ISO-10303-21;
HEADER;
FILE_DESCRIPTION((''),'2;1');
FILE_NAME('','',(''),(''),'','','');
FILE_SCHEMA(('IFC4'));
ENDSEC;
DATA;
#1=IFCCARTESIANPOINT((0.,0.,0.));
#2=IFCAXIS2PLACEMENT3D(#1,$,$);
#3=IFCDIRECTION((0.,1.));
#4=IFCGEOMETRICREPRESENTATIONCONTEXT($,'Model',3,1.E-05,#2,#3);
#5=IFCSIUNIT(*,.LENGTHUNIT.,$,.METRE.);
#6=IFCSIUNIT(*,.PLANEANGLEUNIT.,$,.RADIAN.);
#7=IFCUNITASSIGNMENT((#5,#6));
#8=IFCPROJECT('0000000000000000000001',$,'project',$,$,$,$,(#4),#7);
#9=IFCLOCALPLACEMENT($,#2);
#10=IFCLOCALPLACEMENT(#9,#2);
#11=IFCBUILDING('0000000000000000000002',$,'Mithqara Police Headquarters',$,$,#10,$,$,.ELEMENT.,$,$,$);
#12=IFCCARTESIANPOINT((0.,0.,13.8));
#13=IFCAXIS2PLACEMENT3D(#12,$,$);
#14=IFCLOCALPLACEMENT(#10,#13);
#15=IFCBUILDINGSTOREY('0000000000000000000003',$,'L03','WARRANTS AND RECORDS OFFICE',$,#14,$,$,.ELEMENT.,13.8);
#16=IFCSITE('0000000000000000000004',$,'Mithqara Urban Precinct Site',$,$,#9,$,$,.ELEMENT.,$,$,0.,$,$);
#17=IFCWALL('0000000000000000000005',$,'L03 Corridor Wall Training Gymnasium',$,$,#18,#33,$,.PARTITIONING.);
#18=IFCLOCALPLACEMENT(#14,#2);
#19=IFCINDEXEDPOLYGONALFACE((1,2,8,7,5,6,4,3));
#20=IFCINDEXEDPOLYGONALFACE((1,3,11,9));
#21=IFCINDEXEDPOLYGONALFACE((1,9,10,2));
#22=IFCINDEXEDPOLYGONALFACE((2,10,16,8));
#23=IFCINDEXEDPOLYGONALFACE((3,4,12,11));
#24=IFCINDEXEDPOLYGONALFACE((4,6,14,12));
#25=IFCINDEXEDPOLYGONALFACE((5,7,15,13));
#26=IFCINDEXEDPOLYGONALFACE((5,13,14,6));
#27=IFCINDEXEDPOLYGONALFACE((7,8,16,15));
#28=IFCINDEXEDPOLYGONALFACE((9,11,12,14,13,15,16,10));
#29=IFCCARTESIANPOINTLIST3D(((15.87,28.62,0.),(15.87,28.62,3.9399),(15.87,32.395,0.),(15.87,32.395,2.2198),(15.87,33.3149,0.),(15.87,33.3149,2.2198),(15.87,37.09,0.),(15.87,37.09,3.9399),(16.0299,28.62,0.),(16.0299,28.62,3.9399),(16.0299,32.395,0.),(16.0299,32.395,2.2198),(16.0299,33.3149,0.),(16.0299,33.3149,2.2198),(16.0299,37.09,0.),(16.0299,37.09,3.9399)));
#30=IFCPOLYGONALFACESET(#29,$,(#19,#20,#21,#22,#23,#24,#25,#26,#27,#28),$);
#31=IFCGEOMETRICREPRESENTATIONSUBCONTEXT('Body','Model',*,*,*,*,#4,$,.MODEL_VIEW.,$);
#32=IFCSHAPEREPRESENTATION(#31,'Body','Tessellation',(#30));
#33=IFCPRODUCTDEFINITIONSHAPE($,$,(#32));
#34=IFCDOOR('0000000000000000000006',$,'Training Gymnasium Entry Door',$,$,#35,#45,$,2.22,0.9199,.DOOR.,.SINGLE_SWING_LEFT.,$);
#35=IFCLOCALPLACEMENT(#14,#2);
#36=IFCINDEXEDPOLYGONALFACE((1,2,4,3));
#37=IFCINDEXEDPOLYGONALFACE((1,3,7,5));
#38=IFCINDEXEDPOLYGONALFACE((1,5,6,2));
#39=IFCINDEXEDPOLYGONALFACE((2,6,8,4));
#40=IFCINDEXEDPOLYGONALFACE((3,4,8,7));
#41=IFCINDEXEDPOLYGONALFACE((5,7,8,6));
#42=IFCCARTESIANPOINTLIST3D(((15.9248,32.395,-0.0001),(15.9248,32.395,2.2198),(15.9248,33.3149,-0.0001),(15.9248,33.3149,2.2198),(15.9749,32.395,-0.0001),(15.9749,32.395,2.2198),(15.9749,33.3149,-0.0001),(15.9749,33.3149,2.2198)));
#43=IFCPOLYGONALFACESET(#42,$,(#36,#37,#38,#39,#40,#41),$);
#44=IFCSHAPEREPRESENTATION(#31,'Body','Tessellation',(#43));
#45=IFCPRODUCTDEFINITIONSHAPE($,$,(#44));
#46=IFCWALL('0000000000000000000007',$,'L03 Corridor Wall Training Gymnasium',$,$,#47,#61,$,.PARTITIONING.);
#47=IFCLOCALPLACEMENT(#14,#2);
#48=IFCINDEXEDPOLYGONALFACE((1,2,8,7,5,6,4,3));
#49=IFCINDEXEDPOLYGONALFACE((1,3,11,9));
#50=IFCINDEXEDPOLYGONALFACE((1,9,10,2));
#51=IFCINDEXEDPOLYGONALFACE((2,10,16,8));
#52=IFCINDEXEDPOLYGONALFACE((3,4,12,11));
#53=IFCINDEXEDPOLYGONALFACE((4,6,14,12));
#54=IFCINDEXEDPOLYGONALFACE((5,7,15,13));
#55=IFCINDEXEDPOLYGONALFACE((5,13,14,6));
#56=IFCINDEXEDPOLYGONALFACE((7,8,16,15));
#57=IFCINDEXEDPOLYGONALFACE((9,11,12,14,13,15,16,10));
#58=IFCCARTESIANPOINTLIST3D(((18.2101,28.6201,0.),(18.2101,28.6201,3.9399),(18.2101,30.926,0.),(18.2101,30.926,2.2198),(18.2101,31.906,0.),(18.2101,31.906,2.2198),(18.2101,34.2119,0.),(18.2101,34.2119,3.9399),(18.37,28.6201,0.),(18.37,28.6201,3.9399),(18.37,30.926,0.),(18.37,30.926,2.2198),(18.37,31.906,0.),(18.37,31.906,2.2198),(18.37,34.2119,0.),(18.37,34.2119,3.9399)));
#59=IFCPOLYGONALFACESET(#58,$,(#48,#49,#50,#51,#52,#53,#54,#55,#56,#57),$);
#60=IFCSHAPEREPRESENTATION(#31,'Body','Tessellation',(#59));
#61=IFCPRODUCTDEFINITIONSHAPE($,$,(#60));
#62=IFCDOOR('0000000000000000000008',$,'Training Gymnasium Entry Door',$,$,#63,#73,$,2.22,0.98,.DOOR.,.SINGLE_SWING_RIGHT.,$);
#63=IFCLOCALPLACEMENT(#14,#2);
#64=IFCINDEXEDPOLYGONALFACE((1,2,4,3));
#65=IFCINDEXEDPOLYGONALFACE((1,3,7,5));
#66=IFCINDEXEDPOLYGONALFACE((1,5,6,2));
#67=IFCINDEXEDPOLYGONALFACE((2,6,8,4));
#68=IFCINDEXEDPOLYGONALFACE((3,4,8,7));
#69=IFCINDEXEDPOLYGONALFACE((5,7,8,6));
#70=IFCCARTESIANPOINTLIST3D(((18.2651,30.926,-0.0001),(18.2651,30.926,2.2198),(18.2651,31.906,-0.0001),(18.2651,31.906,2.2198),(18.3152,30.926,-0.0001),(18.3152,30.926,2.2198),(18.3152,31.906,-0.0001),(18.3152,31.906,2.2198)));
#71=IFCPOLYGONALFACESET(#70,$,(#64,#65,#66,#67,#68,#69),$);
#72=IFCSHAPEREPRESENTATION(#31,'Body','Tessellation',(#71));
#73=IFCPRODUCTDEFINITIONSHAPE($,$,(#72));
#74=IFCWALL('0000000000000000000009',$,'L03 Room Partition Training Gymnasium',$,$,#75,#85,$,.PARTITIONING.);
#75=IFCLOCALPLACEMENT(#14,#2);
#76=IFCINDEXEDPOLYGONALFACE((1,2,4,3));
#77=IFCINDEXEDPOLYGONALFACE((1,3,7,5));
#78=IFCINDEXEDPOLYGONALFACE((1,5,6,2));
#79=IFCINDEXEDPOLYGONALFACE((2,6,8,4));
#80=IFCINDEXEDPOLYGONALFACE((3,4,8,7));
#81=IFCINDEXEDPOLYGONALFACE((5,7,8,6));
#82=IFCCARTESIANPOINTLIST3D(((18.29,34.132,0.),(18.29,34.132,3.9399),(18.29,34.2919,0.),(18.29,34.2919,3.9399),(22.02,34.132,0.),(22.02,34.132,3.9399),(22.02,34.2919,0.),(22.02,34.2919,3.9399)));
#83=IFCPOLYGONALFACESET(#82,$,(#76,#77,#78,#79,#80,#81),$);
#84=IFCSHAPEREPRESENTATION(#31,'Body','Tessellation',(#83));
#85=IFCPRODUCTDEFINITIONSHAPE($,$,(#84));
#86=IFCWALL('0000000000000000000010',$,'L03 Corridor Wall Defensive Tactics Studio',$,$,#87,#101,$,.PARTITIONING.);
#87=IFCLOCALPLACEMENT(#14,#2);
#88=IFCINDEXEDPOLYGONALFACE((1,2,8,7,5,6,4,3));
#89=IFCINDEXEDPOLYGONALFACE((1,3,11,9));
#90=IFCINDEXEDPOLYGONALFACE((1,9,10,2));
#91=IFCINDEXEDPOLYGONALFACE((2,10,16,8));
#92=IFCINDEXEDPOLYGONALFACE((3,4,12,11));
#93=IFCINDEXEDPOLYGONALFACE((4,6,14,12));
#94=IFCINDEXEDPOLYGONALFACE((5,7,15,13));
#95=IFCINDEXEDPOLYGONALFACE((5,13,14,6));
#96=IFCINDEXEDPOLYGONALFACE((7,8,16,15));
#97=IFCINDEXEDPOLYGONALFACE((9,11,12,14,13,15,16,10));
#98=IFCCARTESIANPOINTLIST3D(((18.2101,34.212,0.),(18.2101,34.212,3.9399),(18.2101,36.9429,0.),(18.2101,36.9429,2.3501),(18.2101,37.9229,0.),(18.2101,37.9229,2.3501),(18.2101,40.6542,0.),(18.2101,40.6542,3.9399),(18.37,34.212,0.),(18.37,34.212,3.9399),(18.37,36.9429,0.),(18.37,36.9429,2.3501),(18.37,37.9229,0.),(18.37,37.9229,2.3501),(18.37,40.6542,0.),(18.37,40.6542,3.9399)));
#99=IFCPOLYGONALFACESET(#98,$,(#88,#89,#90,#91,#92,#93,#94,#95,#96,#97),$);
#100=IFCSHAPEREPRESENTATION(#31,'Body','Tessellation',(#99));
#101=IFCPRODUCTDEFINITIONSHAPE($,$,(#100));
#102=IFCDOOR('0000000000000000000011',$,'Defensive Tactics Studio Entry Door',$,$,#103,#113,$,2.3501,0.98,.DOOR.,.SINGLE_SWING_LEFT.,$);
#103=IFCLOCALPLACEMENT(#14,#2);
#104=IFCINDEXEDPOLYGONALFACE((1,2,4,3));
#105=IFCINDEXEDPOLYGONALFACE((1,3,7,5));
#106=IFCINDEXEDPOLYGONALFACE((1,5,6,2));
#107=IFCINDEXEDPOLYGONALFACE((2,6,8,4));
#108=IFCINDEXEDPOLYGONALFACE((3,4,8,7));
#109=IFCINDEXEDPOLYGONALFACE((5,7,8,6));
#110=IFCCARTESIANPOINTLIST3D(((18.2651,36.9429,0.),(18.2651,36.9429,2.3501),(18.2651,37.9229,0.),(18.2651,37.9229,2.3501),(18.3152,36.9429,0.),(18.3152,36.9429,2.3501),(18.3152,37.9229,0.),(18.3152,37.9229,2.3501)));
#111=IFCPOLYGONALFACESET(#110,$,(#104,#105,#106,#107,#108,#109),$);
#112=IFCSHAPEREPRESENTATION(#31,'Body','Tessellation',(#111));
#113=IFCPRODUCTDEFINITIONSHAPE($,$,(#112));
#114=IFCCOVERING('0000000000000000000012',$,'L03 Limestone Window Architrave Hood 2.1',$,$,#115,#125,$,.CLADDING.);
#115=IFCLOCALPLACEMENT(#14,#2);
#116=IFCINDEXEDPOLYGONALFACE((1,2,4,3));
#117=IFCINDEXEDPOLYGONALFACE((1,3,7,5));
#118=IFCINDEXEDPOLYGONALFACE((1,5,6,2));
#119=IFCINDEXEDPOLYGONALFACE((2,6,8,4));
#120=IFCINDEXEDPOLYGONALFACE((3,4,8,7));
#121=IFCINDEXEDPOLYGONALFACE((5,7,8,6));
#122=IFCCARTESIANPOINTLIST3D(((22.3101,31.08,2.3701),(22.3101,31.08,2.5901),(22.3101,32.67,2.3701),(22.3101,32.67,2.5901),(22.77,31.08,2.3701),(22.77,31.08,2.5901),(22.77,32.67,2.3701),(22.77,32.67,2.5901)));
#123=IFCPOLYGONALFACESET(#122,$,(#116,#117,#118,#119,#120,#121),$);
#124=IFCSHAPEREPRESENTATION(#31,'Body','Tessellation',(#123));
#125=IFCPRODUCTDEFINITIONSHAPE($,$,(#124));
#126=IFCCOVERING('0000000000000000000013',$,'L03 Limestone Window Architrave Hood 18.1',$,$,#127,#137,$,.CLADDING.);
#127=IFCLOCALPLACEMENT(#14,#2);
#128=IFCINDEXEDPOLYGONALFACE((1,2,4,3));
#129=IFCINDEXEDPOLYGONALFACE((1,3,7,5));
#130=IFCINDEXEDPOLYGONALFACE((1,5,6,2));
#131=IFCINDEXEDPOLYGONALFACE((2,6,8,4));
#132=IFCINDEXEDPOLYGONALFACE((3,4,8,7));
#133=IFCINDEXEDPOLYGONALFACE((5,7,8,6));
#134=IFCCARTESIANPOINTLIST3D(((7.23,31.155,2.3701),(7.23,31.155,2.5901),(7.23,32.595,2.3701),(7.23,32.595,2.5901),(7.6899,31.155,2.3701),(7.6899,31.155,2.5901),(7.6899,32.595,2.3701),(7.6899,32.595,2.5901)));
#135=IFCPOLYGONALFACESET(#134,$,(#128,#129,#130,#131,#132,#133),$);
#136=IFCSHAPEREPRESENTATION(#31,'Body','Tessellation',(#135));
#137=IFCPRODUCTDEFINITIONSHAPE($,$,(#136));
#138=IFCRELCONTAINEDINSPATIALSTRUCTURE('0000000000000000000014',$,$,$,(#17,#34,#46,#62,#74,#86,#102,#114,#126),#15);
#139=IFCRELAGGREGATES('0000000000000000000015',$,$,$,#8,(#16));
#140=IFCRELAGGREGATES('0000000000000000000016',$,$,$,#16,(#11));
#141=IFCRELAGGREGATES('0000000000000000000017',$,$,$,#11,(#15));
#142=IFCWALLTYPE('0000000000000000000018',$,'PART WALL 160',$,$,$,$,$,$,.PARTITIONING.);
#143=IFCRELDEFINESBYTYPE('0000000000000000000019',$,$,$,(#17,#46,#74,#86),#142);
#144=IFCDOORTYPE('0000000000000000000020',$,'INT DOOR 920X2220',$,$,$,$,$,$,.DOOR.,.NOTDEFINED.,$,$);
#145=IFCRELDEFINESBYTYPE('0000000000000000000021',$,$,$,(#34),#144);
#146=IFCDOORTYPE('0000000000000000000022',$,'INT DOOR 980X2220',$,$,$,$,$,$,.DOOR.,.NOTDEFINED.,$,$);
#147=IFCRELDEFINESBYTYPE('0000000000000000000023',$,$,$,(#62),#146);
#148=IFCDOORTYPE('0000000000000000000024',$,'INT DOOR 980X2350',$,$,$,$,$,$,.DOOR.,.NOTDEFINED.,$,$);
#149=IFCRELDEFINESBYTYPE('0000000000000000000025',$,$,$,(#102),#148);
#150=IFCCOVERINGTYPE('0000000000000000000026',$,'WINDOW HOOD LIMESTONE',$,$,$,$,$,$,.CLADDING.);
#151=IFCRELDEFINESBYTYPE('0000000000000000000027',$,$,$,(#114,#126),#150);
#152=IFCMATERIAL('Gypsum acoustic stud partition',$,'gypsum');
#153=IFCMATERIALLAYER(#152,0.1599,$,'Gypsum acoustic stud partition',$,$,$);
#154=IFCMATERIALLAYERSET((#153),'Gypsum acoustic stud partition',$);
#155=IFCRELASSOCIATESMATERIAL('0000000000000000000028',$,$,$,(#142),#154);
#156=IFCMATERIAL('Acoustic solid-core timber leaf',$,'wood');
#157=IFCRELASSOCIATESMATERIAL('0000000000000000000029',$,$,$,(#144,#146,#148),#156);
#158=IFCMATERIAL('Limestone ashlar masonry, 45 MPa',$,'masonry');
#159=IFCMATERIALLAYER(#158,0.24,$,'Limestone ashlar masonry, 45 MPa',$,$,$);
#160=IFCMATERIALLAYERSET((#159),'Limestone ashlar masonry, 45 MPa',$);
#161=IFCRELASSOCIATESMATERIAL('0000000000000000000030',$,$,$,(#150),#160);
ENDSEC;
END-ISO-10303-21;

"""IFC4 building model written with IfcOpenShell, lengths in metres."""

from ifc_helpers import new_model, si_unit, direction, frame, frame_2d, origin, origin_2d, place, context, subcontext, project, spatial, rectangle, extrude, material, layer, layer_set, type_object, element, fill, save


model = new_model("IFC4")

# Units and contexts
model_context = context("Model", 3, precision=1e-05, world=origin(), true_north=direction((0.0, 1.0)))
body_context = subcontext(model_context, "Body", "Model", "MODEL_VIEW")
ifc_project = project(units=[si_unit("LENGTHUNIT", "METRE"), si_unit("PLANEANGLEUNIT", "RADIAN")], contexts=[model_context])

# Site, building, storey
site_placement = place(None, origin())
site = spatial("IfcSite", under=ifc_project, at=site_placement, Name="Mithqara Urban Precinct Site", CompositionType="ELEMENT", RefElevation=0.0)
building_placement = place(site_placement, origin())
building = spatial("IfcBuilding", under=site, at=building_placement, Name="Mithqara Police Headquarters", CompositionType="ELEMENT")
storey_placement = place(building_placement, frame((0.0, 0.0, 13.8)))
storey = spatial("IfcBuildingStorey", under=building, at=storey_placement, Name="L03", Description="WARRANTS AND RECORDS OFFICE", CompositionType="ELEMENT", Elevation=13.8)

# Shared definitions
ifc_material_1 = material(Name="Limestone ashlar masonry, 45 MPa", Category="masonry")

# Walls, openings, doors
ifc_material_2 = material(Name="Gypsum acoustic stud partition", Category="gypsum")
ifc_layer_1 = layer(ifc_material_2, 0.1599, Name="Gypsum acoustic stud partition")
ifc_layer_set_1 = layer_set([ifc_layer_1], Name="Gypsum acoustic stud partition")
wall_type_1 = type_object("IfcWallType", Name="PART WALL 160", PredefinedType="PARTITIONING", material=ifc_layer_set_1)
wall_1_placement = place(storey_placement, frame((15.95, 28.6201, 0.0), z_axis=(0.0, 0.0, 1.0), x_axis=(0.0, 1.0, 0.0)))
wall_1 = element("IfcWall", 1, at=wall_1_placement, inside=storey, type_object=wall_type_1, Name="L03 Corridor Wall Training Gymnasium", PredefinedType="PARTITIONING", context=body_context, shape_type="SweptSolid", body=[
    extrude(rectangle(XDim=8.47, YDim=0.1599, at=frame_2d((4.2349, 0.0))), origin(), (0.0, 0.0, 1.0), 3.9399),
])
opening_1_placement = place(wall_1_placement, frame((3.7749, 0.0, 0.0)))
opening_1 = element("IfcOpeningElement", 2, at=opening_1_placement, cuts=wall_1, PredefinedType="OPENING", context=body_context, shape_type="SweptSolid", body=[
    extrude(rectangle(XDim=0.9199, YDim=2.22, at=frame_2d((0.46, 1.1099))), frame((0.0, 0.0898, 0.0), z_axis=(0.0, -1.0, 0.0), x_axis=(1.0, 0.0, 0.0)), (0.0, 0.0, 1.0), 0.1799),
])
ifc_material_3 = material(Name="Acoustic solid-core timber leaf", Category="wood")
door_type_1 = type_object("IfcDoorType", Name="INT DOOR 920X2220", OperationType="NOTDEFINED", PredefinedType="DOOR", material=ifc_material_3)
door_1_placement = place(opening_1_placement, frame((0.9199, 0.0, 0.0), z_axis=(0.0, 0.0, 1.0), x_axis=(-1.0, 0.0, 0.0)))
door_1 = element("IfcDoor", 3, at=door_1_placement, inside=storey, type_object=door_type_1, Name="Training Gymnasium Entry Door", OperationType="SINGLE_SWING_LEFT", OverallHeight=2.22, OverallWidth=0.9199, PredefinedType="DOOR", context=body_context, shape_type="SweptSolid", body=[
    extrude(rectangle(XDim=0.9199, YDim=2.22, at=frame_2d((0.46, 1.1099))), frame((0.0, 0.0249, 0.0), z_axis=(0.0, -1.0, 0.0), x_axis=(1.0, 0.0, 0.0)), (0.0, 0.0, 1.0), 0.05),
])
fill(opening_1, door_1)
wall_2_placement = place(storey_placement, frame((18.29, 28.6201, 0.0), z_axis=(0.0, 0.0, 1.0), x_axis=(0.0, 1.0, 0.0)))
wall_2 = element("IfcWall", 4, at=wall_2_placement, inside=storey, type_object=wall_type_1, Name="L03 Corridor Wall Training Gymnasium", PredefinedType="PARTITIONING", context=body_context, shape_type="SweptSolid", body=[
    extrude(rectangle(XDim=5.5918, YDim=0.1599, at=frame_2d((2.7959, 0.0))), origin(), (0.0, 0.0, 1.0), 3.9399),
])
opening_2_placement = place(wall_2_placement, frame((2.3059, 0.0, 0.0)))
opening_2 = element("IfcOpeningElement", 5, at=opening_2_placement, cuts=wall_2, PredefinedType="OPENING", context=body_context, shape_type="SweptSolid", body=[
    extrude(rectangle(XDim=0.98, YDim=2.22, at=frame_2d((0.49, 1.1099))), frame((0.0, 0.0898, 0.0), z_axis=(0.0, -1.0, 0.0), x_axis=(1.0, 0.0, 0.0)), (0.0, 0.0, 1.0), 0.1799),
])
door_type_2 = type_object("IfcDoorType", Name="INT DOOR 980X2220", OperationType="NOTDEFINED", PredefinedType="DOOR", material=ifc_material_3)
door_2_placement = place(opening_2_placement, origin())
door_2 = element("IfcDoor", 6, at=door_2_placement, inside=storey, type_object=door_type_2, Name="Training Gymnasium Entry Door", OperationType="SINGLE_SWING_RIGHT", OverallHeight=2.22, OverallWidth=0.98, PredefinedType="DOOR", context=body_context, shape_type="SweptSolid", body=[
    extrude(rectangle(XDim=0.98, YDim=2.22, at=frame_2d((0.49, 1.1099))), frame((0.0, 0.0249, 0.0), z_axis=(0.0, -1.0, 0.0), x_axis=(1.0, 0.0, 0.0)), (0.0, 0.0, 1.0), 0.05),
])
fill(opening_2, door_2)

# Wall
wall_3_placement = place(storey_placement, frame((18.29, 34.2119, 0.0), z_axis=(0.0, 0.0, 1.0), x_axis=(1.0, 0.0, 0.0)))
element("IfcWall", 7, at=wall_3_placement, inside=storey, type_object=wall_type_1, Name="L03 Room Partition Training Gymnasium", PredefinedType="PARTITIONING", context=body_context, shape_type="SweptSolid", body=[
    extrude(rectangle(XDim=3.73, YDim=0.1599, at=frame_2d((1.865, 0.0))), origin(), (0.0, 0.0, 1.0), 3.9399),
])

# Wall, opening, door
wall_4_placement = place(storey_placement, frame((18.29, 34.2119, 0.0), z_axis=(0.0, 0.0, 1.0), x_axis=(0.0, 1.0, 0.0)))
wall_4 = element("IfcWall", 8, at=wall_4_placement, inside=storey, type_object=wall_type_1, Name="L03 Corridor Wall Defensive Tactics Studio", PredefinedType="PARTITIONING", context=body_context, shape_type="SweptSolid", body=[
    extrude(rectangle(XDim=6.4421, YDim=0.1599, at=frame_2d((3.2212, 0.0))), origin(), (0.0, 0.0, 1.0), 3.9399),
])
opening_3_placement = place(wall_4_placement, frame((2.731, 0.0, 0.0)))
opening_3 = element("IfcOpeningElement", 9, at=opening_3_placement, cuts=wall_4, PredefinedType="OPENING", context=body_context, shape_type="SweptSolid", body=[
    extrude(rectangle(XDim=0.98, YDim=2.3501, at=frame_2d((0.49, 1.175))), frame((0.0, 0.0898, 0.0), z_axis=(0.0, -1.0, 0.0), x_axis=(1.0, 0.0, 0.0)), (0.0, 0.0, 1.0), 0.1799),
])
door_type_3 = type_object("IfcDoorType", Name="INT DOOR 980X2350", OperationType="NOTDEFINED", PredefinedType="DOOR", material=ifc_material_3)
door_3_placement = place(opening_3_placement, origin())
door_3 = element("IfcDoor", 10, at=door_3_placement, inside=storey, type_object=door_type_3, Name="Defensive Tactics Studio Entry Door", OperationType="SINGLE_SWING_LEFT", OverallHeight=2.3501, OverallWidth=0.98, PredefinedType="DOOR", context=body_context, shape_type="SweptSolid", body=[
    extrude(rectangle(XDim=0.98, YDim=2.3501, at=frame_2d((0.49, 1.175))), frame((0.0, 0.0249, 0.0), z_axis=(0.0, -1.0, 0.0), x_axis=(1.0, 0.0, 0.0)), (0.0, 0.0, 1.0), 0.05),
])
fill(opening_3, door_3)

# Coverings
ifc_layer_2 = layer(ifc_material_1, 0.24, Name="Limestone ashlar masonry, 45 MPa")
ifc_layer_set_2 = layer_set([ifc_layer_2], Name="Limestone ashlar masonry, 45 MPa")
covering_type = type_object("IfcCoveringType", Name="WINDOW HOOD LIMESTONE", PredefinedType="CLADDING", material=ifc_layer_set_2)
covering_1_placement = place(storey_placement, frame((22.54, 31.875, 2.3701), z_axis=(0.0, 0.0, 1.0), x_axis=(0.0, 1.0, 0.0)))
element("IfcCovering", 11, at=covering_1_placement, inside=storey, type_object=covering_type, Name="L03 Limestone Window Architrave Hood 2.1", PredefinedType="CLADDING", context=body_context, shape_type="SweptSolid", body=[
    extrude(rectangle(XDim=1.5901, YDim=0.46, at=origin_2d()), origin(), (0.0, 0.0, 1.0), 0.22),
])
covering_2_placement = place(storey_placement, frame((7.46, 31.875, 2.3701), z_axis=(0.0, 0.0, 1.0), x_axis=(0.0, 1.0, 0.0)))
element("IfcCovering", 12, at=covering_2_placement, inside=storey, type_object=covering_type, Name="L03 Limestone Window Architrave Hood 18.1", PredefinedType="CLADDING", context=body_context, shape_type="SweptSolid", body=[
    extrude(rectangle(XDim=1.4399, YDim=0.46, at=origin_2d()), origin(), (0.0, 0.0, 1.0), 0.22),
])

save(model, "model.ifc")
